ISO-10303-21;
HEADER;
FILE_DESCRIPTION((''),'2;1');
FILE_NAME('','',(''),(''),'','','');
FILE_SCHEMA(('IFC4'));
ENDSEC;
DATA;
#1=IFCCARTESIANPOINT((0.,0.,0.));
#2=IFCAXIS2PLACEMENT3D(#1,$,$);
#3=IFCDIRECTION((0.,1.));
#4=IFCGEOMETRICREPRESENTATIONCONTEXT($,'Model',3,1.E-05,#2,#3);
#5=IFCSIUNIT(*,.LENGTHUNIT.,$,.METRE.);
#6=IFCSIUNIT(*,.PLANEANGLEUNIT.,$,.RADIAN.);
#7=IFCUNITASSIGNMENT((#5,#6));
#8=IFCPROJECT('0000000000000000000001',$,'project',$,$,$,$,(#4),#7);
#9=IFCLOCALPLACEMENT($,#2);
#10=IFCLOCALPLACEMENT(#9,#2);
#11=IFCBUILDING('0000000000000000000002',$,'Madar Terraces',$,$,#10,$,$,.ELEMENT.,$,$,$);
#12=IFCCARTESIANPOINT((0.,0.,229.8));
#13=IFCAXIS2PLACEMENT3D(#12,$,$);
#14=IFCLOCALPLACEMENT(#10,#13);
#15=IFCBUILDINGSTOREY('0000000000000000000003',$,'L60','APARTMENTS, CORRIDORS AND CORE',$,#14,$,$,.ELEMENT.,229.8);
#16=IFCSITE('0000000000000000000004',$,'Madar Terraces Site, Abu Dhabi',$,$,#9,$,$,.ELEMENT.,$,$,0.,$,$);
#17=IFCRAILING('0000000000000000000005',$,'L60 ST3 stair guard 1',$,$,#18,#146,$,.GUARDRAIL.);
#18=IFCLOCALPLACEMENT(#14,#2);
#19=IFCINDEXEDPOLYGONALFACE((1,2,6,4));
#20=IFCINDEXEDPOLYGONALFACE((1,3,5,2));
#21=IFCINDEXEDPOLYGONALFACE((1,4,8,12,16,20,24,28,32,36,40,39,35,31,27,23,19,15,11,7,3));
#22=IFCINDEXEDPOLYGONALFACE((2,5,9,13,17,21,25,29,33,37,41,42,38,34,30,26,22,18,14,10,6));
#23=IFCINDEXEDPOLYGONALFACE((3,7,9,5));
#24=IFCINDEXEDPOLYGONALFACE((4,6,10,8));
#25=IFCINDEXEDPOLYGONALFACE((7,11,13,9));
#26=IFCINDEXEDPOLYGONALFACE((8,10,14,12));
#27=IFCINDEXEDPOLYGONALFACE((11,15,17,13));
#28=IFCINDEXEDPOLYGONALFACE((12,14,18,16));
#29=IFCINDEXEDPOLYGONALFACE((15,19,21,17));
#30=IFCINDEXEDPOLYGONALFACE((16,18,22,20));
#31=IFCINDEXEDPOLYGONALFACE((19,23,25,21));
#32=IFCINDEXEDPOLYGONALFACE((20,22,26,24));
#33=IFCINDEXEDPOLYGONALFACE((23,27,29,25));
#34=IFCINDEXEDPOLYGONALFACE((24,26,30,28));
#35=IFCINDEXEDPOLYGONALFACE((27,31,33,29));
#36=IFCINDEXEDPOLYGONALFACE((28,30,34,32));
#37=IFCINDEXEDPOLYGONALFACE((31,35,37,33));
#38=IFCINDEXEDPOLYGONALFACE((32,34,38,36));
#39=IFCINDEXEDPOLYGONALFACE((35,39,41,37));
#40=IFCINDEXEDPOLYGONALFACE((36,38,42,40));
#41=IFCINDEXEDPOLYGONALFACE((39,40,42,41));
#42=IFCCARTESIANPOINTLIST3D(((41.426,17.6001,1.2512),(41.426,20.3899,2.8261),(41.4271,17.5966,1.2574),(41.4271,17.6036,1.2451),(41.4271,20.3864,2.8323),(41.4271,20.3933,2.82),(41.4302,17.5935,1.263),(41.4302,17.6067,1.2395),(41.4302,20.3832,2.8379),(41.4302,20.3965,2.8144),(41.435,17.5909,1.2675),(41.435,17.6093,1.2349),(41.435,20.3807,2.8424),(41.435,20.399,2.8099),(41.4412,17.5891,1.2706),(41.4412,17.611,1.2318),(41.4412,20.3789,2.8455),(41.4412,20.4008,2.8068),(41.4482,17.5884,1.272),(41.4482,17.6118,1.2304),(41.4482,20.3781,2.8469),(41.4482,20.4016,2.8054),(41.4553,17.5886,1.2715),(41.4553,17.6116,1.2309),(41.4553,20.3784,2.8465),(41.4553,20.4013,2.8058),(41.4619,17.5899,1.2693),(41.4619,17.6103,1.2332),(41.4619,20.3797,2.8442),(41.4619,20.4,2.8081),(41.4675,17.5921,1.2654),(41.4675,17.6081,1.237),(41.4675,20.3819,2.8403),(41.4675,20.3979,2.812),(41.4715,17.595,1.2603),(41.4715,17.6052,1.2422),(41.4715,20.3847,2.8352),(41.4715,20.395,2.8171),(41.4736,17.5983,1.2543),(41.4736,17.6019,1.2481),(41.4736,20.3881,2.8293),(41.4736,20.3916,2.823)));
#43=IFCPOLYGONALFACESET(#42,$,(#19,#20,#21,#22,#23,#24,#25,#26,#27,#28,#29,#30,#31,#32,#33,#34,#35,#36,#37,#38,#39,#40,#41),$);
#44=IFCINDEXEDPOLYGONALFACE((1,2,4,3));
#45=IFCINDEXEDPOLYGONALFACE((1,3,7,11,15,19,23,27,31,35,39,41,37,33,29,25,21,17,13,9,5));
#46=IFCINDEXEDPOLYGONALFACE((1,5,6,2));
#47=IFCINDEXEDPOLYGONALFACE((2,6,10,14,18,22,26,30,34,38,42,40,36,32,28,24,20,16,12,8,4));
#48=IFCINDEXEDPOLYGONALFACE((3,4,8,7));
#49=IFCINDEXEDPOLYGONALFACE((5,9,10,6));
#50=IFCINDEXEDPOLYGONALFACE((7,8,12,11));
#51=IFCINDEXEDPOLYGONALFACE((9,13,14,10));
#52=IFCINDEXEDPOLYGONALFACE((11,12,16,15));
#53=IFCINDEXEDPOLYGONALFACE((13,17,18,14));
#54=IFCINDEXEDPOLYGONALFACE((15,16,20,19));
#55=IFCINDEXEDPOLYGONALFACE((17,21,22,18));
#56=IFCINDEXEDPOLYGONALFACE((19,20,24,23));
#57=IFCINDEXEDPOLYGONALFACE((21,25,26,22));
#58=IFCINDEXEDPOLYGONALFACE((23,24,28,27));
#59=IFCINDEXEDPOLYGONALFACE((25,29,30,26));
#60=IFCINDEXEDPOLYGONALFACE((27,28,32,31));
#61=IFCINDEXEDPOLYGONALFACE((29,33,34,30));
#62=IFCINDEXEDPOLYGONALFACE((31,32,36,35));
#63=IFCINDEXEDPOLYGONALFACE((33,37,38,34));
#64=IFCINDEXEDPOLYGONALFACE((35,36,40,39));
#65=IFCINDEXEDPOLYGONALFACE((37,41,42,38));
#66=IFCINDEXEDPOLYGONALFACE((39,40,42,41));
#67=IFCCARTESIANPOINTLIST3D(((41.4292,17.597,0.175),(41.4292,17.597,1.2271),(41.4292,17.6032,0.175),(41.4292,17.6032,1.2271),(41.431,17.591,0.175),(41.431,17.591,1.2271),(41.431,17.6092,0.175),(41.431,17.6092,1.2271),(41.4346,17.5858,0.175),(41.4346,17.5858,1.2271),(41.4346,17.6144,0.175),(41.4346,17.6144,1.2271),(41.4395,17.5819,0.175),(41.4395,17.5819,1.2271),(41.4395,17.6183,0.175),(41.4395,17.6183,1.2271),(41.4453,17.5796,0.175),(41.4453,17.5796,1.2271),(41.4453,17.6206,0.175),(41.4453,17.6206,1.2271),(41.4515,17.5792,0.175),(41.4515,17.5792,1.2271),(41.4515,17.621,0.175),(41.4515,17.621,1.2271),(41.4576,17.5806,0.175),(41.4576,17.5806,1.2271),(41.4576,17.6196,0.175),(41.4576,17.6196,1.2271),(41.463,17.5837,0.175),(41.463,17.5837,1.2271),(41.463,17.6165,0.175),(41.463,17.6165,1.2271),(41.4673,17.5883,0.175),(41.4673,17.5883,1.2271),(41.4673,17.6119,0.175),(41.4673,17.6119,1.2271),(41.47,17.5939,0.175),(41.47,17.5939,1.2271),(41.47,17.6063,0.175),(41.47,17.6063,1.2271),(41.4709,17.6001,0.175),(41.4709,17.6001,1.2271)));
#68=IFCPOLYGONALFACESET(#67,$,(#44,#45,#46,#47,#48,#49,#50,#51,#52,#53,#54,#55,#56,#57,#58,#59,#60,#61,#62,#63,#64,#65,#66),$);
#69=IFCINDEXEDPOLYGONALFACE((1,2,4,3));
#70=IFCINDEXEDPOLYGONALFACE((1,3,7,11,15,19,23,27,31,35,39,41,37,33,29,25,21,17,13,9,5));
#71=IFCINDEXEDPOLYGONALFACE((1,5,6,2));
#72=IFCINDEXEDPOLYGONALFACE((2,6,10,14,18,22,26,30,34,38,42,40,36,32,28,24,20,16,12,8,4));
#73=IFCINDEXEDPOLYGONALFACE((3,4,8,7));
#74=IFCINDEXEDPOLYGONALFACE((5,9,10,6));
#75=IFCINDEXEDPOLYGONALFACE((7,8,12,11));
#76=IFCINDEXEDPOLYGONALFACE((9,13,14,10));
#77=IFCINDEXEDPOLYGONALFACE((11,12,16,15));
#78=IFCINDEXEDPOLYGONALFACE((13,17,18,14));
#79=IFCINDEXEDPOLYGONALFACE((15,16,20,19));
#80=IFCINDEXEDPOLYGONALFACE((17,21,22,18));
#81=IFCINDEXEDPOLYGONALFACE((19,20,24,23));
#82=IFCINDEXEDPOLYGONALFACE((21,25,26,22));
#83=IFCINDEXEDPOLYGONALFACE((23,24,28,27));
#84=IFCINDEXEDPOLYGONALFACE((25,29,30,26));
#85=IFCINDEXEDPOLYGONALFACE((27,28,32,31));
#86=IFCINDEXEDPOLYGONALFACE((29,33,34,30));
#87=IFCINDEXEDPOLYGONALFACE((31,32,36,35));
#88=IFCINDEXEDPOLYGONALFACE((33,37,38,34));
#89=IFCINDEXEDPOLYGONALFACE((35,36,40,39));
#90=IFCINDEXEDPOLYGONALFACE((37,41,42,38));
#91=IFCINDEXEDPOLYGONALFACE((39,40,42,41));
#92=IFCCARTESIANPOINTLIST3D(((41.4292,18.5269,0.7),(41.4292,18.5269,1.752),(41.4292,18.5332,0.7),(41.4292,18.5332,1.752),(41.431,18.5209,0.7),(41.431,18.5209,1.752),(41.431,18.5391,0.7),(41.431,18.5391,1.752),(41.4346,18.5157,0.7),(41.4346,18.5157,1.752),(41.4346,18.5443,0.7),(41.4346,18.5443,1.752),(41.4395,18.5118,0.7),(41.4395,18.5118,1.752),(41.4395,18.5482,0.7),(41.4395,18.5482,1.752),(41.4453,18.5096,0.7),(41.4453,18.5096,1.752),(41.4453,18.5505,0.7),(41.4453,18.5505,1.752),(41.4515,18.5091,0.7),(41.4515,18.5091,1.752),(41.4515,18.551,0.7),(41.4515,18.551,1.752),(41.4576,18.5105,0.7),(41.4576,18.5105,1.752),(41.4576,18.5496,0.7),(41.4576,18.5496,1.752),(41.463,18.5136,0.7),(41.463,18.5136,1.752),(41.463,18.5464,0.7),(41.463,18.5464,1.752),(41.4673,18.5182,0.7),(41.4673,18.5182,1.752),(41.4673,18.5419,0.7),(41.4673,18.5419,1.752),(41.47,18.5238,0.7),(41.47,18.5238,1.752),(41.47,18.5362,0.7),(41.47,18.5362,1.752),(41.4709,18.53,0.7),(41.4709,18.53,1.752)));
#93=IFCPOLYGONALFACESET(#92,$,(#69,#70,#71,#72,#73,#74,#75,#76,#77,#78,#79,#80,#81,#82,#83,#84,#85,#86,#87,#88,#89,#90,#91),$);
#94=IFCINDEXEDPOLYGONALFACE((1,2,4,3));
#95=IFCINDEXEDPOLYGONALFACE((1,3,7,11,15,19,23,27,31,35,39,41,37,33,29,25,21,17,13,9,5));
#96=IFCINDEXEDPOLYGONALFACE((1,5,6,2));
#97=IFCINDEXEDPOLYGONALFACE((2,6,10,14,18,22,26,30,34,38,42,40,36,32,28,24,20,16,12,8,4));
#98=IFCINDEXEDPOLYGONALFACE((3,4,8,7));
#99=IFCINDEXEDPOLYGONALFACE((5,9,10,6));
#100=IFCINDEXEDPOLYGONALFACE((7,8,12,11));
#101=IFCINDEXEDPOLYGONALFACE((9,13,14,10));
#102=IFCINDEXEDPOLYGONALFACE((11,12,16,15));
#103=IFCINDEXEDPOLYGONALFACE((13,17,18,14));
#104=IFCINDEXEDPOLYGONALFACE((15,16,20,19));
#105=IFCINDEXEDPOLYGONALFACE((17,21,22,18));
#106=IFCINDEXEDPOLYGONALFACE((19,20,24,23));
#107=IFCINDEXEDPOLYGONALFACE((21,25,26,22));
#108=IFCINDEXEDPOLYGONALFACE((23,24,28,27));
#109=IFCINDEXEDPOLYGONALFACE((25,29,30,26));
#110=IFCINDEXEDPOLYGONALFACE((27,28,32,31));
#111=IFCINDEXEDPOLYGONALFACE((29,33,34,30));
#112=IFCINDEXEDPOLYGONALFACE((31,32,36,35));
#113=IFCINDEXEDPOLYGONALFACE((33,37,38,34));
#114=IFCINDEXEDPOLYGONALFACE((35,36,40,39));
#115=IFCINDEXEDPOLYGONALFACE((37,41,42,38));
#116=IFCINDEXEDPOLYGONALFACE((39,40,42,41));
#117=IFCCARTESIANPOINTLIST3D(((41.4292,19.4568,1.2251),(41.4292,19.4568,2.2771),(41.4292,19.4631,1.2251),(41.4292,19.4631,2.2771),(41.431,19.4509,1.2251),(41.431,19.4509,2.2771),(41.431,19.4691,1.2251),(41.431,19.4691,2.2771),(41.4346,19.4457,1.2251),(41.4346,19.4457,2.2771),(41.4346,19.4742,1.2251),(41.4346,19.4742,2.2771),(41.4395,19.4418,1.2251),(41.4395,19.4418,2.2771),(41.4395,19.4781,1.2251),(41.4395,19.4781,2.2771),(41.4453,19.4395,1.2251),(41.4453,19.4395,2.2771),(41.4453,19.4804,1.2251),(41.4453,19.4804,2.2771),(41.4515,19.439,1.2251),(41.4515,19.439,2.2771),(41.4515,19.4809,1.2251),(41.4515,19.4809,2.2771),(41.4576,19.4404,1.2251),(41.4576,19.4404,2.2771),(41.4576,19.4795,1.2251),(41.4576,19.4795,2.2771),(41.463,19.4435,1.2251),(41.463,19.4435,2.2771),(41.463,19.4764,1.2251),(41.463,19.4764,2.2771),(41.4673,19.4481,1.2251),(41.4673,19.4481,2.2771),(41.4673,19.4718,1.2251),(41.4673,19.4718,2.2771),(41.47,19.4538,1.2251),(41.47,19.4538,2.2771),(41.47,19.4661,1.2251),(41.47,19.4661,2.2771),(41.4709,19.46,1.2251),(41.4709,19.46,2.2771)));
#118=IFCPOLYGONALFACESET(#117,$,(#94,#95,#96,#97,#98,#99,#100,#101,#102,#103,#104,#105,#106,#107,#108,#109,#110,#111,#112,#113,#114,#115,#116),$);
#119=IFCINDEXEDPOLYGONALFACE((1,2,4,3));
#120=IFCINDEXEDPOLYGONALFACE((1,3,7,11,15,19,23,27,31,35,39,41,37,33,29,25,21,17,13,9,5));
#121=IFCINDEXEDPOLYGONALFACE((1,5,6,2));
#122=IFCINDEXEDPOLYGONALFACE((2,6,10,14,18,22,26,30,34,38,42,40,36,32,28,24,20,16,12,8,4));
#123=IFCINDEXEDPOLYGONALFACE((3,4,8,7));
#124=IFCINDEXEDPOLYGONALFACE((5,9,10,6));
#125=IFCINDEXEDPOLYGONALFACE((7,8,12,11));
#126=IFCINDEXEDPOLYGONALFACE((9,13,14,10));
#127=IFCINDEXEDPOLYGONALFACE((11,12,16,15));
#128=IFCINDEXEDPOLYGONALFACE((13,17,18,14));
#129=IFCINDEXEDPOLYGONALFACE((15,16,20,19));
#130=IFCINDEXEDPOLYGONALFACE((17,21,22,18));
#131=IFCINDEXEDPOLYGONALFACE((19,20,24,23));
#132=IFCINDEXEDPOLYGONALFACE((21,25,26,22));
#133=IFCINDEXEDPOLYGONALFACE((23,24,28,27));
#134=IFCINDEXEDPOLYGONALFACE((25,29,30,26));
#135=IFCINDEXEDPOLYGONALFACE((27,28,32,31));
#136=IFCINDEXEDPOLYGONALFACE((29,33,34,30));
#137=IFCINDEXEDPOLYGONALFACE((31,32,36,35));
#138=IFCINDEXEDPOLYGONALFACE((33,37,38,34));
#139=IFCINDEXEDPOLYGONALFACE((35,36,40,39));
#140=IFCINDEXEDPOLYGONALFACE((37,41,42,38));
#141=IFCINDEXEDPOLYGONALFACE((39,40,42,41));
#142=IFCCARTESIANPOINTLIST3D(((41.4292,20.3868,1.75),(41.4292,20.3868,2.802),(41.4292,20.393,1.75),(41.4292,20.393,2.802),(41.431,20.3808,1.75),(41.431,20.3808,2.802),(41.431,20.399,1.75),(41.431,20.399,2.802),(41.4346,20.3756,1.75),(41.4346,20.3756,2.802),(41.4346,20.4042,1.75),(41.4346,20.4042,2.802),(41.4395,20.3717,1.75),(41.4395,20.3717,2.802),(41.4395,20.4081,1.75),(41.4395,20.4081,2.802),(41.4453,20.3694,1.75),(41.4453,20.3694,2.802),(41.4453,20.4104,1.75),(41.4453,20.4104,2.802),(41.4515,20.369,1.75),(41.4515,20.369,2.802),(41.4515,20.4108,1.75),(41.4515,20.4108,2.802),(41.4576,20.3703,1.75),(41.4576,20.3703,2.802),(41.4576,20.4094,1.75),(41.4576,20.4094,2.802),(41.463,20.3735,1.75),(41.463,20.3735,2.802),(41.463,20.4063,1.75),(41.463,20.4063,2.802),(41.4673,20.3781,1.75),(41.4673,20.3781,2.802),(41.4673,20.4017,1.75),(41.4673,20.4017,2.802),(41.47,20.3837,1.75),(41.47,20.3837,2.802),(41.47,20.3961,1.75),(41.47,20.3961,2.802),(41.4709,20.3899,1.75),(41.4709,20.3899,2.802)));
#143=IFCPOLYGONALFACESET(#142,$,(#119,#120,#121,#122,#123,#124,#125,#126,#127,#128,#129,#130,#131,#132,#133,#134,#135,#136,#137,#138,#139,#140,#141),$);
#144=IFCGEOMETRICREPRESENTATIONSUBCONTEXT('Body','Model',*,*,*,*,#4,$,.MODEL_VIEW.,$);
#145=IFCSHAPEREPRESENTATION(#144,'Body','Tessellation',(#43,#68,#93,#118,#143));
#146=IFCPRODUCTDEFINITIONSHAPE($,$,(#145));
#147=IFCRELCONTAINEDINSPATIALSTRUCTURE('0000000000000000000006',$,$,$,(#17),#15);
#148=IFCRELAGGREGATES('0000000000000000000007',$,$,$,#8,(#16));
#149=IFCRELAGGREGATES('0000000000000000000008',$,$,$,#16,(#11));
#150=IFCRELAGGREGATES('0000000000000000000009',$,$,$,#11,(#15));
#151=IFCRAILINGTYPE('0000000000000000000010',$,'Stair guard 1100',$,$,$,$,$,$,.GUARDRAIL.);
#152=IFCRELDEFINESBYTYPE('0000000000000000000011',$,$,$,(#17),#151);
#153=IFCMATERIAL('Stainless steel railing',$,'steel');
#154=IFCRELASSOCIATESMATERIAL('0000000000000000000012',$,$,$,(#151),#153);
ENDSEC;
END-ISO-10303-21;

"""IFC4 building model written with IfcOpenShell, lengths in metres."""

from ifc_helpers import new_model, si_unit, direction, frame, origin, origin_2d, place, context, subcontext, project, spatial, circle, extrude, material, type_object, element, save


model = new_model("IFC4")

# Units and contexts
model_context = context("Model", 3, precision=1e-05, world=origin(), true_north=direction((0.0, 1.0)))
body_context = subcontext(model_context, "Body", "Model", "MODEL_VIEW")
ifc_project = project(units=[si_unit("LENGTHUNIT", "METRE"), si_unit("PLANEANGLEUNIT", "RADIAN")], contexts=[model_context])

# Site, building, storey
site_placement = place(None, origin())
site = spatial("IfcSite", under=ifc_project, at=site_placement, Name="Madar Terraces Site, Abu Dhabi", CompositionType="ELEMENT", RefElevation=0.0)
building_placement = place(site_placement, origin())
building = spatial("IfcBuilding", under=site, at=building_placement, Name="Madar Terraces", CompositionType="ELEMENT")
storey_placement = place(building_placement, frame((0.0, 0.0, 229.8)))
storey = spatial("IfcBuildingStorey", under=building, at=storey_placement, Name="L60", Description="APARTMENTS, CORRIDORS AND CORE", CompositionType="ELEMENT", Elevation=229.8)

# Railing
ifc_material_1 = material(Name="Stainless steel railing", Category="steel")
railing_type_1 = type_object("IfcRailingType", Name="Stair guard 1100", PredefinedType="GUARDRAIL", material=ifc_material_1)
railing_1_placement = place(storey_placement, frame((41.45, 17.6001, 0.175)))
element("IfcRailing", 1, at=railing_1_placement, inside=storey, type_object=railing_type_1, Name="L60 ST3 stair guard 1", PredefinedType="GUARDRAIL", context=body_context, shape_type="SweptSolid", body=[
    extrude(circle(Radius=0.0239, at=origin_2d()), frame((0.0, 0.0, 1.0762), z_axis=(0.0, 0.870815, 0.49161), x_axis=(-1.0, 0.0, 0.0)), (0.0, 0.0, 1.0), 3.2036),
    extrude(circle(Radius=0.021, at=origin_2d()), origin(), (0.0, 0.0, 1.0), 1.052),
    extrude(circle(Radius=0.021, at=origin_2d()), frame((0.0, 0.9299, 0.5249)), (0.0, 0.0, 1.0), 1.052),
    extrude(circle(Radius=0.021, at=origin_2d()), frame((0.0, 1.8599, 1.05)), (0.0, 0.0, 1.0), 1.052),
    extrude(circle(Radius=0.021, at=origin_2d()), frame((0.0, 2.7898, 1.575)), (0.0, 0.0, 1.0), 1.052),
])

save(model, "model.ifc")
